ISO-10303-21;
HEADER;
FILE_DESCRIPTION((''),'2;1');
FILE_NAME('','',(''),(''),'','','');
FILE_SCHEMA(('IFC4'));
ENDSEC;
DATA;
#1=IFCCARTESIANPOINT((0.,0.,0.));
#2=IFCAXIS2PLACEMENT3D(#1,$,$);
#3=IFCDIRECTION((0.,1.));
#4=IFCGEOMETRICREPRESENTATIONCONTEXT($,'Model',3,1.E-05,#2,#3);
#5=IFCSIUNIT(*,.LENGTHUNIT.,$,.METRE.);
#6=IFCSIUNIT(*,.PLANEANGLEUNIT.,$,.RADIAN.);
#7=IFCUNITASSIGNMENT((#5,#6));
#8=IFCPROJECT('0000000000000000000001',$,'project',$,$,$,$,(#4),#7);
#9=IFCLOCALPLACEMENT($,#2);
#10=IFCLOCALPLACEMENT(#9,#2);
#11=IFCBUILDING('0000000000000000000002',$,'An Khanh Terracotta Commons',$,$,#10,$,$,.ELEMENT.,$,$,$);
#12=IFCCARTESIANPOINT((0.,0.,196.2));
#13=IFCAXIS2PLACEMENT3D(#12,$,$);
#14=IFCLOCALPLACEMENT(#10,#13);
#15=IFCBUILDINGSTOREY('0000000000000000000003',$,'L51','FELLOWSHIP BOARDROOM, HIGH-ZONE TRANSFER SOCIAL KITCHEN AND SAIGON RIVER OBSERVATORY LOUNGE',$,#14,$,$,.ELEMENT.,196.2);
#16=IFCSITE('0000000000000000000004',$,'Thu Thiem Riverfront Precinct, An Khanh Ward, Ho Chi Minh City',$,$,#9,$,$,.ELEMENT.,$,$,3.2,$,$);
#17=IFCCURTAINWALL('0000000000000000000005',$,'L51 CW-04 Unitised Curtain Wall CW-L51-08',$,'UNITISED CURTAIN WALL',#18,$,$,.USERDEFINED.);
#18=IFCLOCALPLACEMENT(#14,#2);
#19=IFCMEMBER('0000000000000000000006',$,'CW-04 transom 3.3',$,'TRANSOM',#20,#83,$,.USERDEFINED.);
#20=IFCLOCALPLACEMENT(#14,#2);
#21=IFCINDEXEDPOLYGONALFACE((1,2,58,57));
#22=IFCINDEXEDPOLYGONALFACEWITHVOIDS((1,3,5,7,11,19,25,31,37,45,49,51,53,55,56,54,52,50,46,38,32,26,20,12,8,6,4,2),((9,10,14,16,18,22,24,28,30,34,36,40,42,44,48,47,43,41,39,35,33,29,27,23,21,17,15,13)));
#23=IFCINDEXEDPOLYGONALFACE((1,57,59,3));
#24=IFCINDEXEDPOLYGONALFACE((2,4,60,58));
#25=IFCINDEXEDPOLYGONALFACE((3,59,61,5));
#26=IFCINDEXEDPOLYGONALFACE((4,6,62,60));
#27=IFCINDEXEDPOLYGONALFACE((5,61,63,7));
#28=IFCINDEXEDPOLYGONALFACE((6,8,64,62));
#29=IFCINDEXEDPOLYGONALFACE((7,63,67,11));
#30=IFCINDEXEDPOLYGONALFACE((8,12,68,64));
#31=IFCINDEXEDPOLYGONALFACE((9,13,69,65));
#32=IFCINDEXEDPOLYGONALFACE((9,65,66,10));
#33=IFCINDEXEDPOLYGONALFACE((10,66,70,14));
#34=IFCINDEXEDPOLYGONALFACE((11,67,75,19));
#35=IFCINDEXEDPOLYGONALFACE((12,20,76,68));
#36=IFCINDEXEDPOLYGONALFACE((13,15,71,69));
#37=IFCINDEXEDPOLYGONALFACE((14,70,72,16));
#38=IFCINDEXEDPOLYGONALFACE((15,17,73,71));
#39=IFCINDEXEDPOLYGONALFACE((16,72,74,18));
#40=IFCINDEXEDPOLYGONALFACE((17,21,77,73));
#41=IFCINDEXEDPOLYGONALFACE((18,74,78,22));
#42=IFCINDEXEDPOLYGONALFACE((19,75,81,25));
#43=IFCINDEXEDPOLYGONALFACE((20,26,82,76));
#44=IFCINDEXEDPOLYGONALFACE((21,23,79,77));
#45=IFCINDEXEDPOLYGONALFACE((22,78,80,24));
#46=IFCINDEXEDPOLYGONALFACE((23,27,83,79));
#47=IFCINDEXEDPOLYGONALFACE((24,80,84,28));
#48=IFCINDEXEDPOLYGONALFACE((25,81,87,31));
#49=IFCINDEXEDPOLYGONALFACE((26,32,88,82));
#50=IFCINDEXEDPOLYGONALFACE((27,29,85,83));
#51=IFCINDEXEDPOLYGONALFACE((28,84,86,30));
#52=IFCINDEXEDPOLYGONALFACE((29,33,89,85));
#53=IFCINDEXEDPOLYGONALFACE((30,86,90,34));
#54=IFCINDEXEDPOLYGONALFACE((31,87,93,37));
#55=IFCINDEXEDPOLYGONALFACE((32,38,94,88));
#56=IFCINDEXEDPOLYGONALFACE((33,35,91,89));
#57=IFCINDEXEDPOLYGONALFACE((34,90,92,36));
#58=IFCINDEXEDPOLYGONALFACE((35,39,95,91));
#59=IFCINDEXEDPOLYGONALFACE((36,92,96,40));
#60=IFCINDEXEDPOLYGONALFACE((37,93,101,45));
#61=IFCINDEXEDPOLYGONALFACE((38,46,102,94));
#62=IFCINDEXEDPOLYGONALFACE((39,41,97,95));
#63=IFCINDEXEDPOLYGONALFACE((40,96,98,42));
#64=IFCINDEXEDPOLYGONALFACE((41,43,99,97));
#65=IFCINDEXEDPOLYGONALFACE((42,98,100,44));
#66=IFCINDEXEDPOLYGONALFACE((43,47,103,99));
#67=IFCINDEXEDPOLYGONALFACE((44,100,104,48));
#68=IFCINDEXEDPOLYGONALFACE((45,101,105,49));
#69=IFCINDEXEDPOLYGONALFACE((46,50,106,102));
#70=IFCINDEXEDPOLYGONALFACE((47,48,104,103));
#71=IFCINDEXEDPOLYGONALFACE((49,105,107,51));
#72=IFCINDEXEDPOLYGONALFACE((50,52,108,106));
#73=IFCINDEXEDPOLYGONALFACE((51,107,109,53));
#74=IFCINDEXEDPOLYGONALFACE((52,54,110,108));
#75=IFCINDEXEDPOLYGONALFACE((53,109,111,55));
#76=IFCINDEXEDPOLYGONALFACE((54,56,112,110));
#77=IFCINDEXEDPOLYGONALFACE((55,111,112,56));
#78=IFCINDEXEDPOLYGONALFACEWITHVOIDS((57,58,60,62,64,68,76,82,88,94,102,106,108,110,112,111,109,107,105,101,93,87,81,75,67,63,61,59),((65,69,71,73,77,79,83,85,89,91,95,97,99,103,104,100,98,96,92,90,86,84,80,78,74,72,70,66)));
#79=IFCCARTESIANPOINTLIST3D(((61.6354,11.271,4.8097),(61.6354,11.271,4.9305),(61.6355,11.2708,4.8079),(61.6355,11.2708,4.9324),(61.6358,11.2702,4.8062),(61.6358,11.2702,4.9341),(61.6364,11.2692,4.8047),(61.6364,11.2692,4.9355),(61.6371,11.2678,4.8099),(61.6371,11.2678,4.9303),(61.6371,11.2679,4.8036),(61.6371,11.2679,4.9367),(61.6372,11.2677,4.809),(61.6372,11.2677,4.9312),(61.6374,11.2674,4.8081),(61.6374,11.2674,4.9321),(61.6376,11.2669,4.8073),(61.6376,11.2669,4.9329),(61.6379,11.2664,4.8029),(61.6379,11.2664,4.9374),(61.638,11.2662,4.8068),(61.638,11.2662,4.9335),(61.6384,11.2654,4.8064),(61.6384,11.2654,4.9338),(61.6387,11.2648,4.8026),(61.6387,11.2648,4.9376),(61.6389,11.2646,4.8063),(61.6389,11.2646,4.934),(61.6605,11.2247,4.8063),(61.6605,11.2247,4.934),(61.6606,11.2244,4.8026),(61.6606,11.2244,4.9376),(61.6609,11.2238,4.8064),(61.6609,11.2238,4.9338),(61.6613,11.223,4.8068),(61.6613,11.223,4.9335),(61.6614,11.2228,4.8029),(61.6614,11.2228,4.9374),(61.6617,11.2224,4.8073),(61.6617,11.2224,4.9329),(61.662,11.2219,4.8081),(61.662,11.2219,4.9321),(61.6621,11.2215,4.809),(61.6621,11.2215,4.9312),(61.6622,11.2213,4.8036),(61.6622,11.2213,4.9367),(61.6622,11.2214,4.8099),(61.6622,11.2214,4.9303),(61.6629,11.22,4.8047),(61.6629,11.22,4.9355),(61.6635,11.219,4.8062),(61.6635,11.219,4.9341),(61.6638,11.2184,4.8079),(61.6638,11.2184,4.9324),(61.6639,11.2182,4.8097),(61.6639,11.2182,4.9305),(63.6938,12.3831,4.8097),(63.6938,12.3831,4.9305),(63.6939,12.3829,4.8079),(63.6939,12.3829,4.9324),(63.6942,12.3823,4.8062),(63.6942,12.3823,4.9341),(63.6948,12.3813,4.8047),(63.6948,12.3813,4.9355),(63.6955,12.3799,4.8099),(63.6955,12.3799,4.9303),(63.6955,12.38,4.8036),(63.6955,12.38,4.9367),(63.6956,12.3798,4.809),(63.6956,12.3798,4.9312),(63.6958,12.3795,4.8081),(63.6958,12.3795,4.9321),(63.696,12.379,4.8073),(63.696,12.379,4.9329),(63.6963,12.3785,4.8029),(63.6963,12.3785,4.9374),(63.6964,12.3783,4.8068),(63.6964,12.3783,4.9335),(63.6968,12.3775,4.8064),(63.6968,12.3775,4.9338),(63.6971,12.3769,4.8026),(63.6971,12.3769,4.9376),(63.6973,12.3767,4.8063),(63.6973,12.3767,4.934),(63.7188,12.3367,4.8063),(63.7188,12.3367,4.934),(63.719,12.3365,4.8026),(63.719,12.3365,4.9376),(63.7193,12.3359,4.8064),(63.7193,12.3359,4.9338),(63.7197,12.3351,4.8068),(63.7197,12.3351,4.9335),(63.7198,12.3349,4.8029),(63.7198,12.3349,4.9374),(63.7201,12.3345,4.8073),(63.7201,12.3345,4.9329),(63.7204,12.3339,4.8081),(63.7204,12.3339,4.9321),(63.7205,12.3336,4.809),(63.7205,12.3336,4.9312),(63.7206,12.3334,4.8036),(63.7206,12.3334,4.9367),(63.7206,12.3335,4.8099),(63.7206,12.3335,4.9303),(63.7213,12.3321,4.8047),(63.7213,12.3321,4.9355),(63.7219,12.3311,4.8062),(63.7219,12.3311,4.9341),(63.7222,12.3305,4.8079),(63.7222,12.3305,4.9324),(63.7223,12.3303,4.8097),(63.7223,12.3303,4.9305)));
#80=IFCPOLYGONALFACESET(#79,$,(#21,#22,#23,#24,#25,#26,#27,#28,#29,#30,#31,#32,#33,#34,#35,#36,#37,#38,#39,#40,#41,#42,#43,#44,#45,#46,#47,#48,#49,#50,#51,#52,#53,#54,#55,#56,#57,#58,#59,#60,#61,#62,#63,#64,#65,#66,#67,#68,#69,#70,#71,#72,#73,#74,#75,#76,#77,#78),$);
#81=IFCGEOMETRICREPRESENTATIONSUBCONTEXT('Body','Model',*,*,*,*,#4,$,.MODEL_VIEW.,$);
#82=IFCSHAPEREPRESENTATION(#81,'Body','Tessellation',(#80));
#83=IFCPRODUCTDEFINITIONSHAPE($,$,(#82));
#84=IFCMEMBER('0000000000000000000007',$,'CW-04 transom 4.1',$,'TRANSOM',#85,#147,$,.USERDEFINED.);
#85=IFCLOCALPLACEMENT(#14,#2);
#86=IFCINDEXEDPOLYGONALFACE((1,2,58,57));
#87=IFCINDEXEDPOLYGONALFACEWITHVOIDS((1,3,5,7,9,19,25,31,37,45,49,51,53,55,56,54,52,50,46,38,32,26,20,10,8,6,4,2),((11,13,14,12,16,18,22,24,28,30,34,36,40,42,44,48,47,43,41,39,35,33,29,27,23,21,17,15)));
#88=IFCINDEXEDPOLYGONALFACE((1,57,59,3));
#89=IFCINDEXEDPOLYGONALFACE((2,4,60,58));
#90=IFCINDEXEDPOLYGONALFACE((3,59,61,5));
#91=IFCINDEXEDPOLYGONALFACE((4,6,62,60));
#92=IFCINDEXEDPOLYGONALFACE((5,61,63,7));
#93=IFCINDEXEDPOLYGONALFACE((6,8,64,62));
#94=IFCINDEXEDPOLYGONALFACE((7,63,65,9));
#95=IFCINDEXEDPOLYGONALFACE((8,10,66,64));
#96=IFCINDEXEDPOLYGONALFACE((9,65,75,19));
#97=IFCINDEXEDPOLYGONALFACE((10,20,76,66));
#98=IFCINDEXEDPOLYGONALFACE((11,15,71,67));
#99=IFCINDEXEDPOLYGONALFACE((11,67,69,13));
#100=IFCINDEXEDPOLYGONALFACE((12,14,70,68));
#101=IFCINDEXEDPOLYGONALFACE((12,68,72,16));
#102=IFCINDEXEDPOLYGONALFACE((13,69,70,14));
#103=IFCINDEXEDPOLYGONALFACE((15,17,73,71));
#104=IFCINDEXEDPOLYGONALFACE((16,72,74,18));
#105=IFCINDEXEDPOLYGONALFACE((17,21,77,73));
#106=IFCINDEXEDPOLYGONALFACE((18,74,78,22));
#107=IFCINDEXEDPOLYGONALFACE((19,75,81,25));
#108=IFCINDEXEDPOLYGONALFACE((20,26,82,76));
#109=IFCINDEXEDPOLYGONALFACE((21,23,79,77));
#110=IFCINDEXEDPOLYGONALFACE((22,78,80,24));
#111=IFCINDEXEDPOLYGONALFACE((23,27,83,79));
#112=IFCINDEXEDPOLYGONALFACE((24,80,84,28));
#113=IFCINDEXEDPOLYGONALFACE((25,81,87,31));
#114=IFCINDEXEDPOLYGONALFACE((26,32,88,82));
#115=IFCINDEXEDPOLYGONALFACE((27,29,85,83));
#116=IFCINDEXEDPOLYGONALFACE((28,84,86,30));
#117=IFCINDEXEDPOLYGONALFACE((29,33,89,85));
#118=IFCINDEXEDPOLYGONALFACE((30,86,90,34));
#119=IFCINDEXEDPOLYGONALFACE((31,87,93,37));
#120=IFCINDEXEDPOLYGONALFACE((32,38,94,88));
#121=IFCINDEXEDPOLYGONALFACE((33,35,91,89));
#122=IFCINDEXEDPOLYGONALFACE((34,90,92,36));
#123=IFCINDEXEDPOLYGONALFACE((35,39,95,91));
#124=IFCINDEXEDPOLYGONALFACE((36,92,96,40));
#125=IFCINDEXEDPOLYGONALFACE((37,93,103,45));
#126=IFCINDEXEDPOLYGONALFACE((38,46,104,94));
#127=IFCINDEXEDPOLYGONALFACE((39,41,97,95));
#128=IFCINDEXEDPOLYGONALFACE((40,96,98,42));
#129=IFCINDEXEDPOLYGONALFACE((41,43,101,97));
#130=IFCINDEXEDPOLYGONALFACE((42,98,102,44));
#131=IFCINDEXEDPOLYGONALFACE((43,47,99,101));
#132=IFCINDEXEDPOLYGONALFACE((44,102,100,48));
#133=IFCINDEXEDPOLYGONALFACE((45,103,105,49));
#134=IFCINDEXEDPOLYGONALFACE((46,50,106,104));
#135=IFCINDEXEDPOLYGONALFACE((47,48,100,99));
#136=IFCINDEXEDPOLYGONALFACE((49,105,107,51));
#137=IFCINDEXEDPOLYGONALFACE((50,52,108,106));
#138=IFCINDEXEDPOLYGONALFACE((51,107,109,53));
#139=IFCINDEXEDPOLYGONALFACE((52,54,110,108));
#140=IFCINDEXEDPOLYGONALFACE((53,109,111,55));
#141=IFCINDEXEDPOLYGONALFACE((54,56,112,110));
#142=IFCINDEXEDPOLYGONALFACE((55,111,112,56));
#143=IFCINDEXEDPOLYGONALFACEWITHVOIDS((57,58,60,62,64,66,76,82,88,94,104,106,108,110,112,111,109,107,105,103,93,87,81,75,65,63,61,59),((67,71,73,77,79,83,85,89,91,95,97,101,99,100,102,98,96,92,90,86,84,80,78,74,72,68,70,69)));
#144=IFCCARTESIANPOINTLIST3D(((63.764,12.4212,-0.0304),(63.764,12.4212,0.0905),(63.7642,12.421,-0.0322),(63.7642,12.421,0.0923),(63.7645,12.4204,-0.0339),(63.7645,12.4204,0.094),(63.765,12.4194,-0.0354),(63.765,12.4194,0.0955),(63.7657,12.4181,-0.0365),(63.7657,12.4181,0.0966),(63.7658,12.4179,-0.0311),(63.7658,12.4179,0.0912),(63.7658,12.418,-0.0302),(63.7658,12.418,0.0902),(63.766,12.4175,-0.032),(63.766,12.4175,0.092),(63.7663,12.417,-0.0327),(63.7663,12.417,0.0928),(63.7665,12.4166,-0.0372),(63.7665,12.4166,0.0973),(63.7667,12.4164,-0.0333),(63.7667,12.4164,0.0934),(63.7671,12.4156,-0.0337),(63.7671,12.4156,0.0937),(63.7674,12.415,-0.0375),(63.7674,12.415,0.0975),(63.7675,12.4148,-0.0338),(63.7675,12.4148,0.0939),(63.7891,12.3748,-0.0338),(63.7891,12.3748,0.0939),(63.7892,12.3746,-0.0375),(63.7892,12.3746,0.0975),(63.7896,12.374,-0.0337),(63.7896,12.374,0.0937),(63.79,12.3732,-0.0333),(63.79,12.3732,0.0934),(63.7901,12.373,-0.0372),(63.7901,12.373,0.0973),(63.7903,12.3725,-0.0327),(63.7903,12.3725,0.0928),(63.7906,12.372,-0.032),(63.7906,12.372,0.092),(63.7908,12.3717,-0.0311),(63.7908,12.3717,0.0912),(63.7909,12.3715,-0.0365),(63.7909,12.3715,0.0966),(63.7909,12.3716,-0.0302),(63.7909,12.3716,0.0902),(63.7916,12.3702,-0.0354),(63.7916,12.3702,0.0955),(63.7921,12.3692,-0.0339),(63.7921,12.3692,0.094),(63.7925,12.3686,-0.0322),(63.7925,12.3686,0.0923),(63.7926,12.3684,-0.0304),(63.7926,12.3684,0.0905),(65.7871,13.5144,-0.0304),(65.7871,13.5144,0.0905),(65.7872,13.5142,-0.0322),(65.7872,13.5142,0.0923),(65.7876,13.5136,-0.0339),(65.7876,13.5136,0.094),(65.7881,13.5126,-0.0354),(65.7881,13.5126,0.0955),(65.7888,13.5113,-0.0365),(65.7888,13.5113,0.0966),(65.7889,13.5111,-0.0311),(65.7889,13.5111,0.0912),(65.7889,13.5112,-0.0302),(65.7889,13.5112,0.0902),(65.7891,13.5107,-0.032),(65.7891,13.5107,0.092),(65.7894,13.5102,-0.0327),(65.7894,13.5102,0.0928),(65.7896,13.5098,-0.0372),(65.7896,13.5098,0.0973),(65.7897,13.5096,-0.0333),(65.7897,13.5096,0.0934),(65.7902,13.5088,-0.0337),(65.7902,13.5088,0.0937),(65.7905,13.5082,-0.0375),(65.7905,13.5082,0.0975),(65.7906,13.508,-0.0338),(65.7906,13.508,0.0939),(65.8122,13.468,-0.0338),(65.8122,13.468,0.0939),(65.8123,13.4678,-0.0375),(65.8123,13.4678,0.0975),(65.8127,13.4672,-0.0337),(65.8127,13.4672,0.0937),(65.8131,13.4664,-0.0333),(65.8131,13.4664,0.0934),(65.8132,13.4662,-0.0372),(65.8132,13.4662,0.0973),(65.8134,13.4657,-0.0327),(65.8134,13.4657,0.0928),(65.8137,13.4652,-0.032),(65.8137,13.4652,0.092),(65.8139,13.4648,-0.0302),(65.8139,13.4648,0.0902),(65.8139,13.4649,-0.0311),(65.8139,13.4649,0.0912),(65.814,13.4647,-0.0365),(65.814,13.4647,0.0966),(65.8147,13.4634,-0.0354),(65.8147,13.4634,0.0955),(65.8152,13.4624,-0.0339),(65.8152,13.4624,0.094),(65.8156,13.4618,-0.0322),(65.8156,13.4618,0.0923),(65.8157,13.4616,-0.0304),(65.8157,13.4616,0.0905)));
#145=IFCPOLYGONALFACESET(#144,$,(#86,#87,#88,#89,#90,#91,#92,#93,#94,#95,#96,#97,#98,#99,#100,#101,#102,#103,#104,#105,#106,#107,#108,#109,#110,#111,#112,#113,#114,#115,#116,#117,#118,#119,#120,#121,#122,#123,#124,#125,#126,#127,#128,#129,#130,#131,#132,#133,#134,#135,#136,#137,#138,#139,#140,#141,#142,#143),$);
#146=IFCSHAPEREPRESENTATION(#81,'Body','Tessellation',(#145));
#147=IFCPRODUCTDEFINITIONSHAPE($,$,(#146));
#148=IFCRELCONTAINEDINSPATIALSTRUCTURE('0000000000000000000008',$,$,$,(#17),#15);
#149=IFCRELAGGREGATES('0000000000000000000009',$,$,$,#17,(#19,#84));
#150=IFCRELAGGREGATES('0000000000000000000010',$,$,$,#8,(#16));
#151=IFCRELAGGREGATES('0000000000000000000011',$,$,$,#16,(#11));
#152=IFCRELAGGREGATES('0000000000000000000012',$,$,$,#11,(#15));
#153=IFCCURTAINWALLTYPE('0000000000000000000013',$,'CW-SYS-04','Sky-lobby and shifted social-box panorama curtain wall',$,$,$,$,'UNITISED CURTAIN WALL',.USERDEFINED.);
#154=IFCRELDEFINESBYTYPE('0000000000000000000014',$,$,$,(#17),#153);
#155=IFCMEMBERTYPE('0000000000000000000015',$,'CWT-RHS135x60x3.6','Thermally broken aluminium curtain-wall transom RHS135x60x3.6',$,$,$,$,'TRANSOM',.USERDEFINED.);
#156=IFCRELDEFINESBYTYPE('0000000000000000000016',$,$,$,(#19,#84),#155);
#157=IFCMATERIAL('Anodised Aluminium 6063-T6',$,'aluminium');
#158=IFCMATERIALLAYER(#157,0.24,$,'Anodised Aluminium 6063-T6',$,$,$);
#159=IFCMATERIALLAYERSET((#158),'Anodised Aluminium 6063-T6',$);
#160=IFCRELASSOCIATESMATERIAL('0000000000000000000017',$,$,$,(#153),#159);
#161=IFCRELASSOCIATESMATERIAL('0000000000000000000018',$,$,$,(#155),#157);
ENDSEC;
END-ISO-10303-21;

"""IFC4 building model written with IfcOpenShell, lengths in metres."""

from ifc_helpers import new_model, si_unit, direction, frame, origin, origin_2d, place, context, subcontext, project, spatial, hollow_rectangle, extrude, material, layer, layer_set, material_profile, profile_set, type_object, element, aggregate, save


model = new_model("IFC4")

# Units and contexts
model_context = context("Model", 3, precision=1e-05, world=origin(), true_north=direction((0.0, 1.0)))
body_context = subcontext(model_context, "Body", "Model", "MODEL_VIEW")
ifc_project = project(units=[si_unit("LENGTHUNIT", "METRE"), si_unit("PLANEANGLEUNIT", "RADIAN")], contexts=[model_context])

# Site, building, storey
site_placement = place(None, origin())
site = spatial("IfcSite", under=ifc_project, at=site_placement, Name="Thu Thiem Riverfront Precinct, An Khanh Ward, Ho Chi Minh City", CompositionType="ELEMENT", RefElevation=3.2)
building_placement = place(site_placement, origin())
building = spatial("IfcBuilding", under=site, at=building_placement, Name="An Khanh Terracotta Commons", CompositionType="ELEMENT")
storey_placement = place(building_placement, frame((0.0, 0.0, 196.2)))
storey = spatial("IfcBuildingStorey", under=building, at=storey_placement, Name="L51", Description="FELLOWSHIP BOARDROOM, HIGH-ZONE TRANSFER SOCIAL KITCHEN AND SAIGON RIVER OBSERVATORY LOUNGE", CompositionType="ELEMENT", Elevation=196.2)

# Curtain wall, members
ifc_material_1 = material(Name="Anodised Aluminium 6063-T6", Category="aluminium")
ifc_layer_1 = layer(ifc_material_1, 0.24, Name="Anodised Aluminium 6063-T6")
ifc_layer_set_1 = layer_set([ifc_layer_1], Name="Anodised Aluminium 6063-T6")
curtain_wall_type = type_object("IfcCurtainWallType", Name="CW-SYS-04", Description="Sky-lobby and shifted social-box panorama curtain wall", ElementType="UNITISED CURTAIN WALL", PredefinedType="USERDEFINED", material=ifc_layer_set_1)
curtain_wall_placement = place(storey_placement, origin())
curtain_wall = element("IfcCurtainWall", 1, at=curtain_wall_placement, inside=storey, type_object=curtain_wall_type, Name="L51 CW-04 Unitised Curtain Wall CW-L51-08", ObjectType="UNITISED CURTAIN WALL", PredefinedType="USERDEFINED")
ifc_material_profile_1 = material_profile(ifc_material_1, hollow_rectangle(XDim=0.0601, YDim=0.135, WallThickness=0.0037, InnerFilletRadius=0.0037, OuterFilletRadius=0.0071, at=origin_2d()), Name="RHS135x60x3.6")
ifc_profile_set_1 = profile_set([ifc_material_profile_1], Name="Anodised Aluminium 6063-T6")
member_type_1 = type_object("IfcMemberType", Name="CWT-RHS135x60x3.6", Description="Thermally broken aluminium curtain-wall transom RHS135x60x3.6", ElementType="TRANSOM", PredefinedType="USERDEFINED", material=ifc_profile_set_1)
member_1_placement = place(storey_placement, frame((61.6497, 11.2446, 4.8701), z_axis=(0.879807, 0.475331, 0.0), x_axis=(-0.475331, 0.879807, 0.0)))
member_1 = element("IfcMember", 2, at=member_1_placement, type_object=member_type_1, Name="CW-04 transom 3.3", ObjectType="TRANSOM", PredefinedType="USERDEFINED", context=body_context, shape_type="SweptSolid", body=[
    extrude(hollow_rectangle(XDim=0.0601, YDim=0.135, WallThickness=0.0037, InnerFilletRadius=0.0037, OuterFilletRadius=0.0071, at=origin_2d()), origin(), (0.0, 0.0, 1.0), 2.3396),
])
member_2_placement = place(storey_placement, frame((63.7783, 12.3948, 0.03), z_axis=(0.879771, 0.475397, 0.0), x_axis=(-0.475397, 0.879771, 0.0)))
member_2 = element("IfcMember", 3, at=member_2_placement, type_object=member_type_1, Name="CW-04 transom 4.1", ObjectType="TRANSOM", PredefinedType="USERDEFINED", context=body_context, shape_type="SweptSolid", body=[
    extrude(hollow_rectangle(XDim=0.0601, YDim=0.135, WallThickness=0.0037, InnerFilletRadius=0.0037, OuterFilletRadius=0.0071, at=origin_2d()), origin(), (0.0, 0.0, 1.0), 2.2996),
])
aggregate(curtain_wall, [member_1, member_2])

save(model, "model.ifc")
